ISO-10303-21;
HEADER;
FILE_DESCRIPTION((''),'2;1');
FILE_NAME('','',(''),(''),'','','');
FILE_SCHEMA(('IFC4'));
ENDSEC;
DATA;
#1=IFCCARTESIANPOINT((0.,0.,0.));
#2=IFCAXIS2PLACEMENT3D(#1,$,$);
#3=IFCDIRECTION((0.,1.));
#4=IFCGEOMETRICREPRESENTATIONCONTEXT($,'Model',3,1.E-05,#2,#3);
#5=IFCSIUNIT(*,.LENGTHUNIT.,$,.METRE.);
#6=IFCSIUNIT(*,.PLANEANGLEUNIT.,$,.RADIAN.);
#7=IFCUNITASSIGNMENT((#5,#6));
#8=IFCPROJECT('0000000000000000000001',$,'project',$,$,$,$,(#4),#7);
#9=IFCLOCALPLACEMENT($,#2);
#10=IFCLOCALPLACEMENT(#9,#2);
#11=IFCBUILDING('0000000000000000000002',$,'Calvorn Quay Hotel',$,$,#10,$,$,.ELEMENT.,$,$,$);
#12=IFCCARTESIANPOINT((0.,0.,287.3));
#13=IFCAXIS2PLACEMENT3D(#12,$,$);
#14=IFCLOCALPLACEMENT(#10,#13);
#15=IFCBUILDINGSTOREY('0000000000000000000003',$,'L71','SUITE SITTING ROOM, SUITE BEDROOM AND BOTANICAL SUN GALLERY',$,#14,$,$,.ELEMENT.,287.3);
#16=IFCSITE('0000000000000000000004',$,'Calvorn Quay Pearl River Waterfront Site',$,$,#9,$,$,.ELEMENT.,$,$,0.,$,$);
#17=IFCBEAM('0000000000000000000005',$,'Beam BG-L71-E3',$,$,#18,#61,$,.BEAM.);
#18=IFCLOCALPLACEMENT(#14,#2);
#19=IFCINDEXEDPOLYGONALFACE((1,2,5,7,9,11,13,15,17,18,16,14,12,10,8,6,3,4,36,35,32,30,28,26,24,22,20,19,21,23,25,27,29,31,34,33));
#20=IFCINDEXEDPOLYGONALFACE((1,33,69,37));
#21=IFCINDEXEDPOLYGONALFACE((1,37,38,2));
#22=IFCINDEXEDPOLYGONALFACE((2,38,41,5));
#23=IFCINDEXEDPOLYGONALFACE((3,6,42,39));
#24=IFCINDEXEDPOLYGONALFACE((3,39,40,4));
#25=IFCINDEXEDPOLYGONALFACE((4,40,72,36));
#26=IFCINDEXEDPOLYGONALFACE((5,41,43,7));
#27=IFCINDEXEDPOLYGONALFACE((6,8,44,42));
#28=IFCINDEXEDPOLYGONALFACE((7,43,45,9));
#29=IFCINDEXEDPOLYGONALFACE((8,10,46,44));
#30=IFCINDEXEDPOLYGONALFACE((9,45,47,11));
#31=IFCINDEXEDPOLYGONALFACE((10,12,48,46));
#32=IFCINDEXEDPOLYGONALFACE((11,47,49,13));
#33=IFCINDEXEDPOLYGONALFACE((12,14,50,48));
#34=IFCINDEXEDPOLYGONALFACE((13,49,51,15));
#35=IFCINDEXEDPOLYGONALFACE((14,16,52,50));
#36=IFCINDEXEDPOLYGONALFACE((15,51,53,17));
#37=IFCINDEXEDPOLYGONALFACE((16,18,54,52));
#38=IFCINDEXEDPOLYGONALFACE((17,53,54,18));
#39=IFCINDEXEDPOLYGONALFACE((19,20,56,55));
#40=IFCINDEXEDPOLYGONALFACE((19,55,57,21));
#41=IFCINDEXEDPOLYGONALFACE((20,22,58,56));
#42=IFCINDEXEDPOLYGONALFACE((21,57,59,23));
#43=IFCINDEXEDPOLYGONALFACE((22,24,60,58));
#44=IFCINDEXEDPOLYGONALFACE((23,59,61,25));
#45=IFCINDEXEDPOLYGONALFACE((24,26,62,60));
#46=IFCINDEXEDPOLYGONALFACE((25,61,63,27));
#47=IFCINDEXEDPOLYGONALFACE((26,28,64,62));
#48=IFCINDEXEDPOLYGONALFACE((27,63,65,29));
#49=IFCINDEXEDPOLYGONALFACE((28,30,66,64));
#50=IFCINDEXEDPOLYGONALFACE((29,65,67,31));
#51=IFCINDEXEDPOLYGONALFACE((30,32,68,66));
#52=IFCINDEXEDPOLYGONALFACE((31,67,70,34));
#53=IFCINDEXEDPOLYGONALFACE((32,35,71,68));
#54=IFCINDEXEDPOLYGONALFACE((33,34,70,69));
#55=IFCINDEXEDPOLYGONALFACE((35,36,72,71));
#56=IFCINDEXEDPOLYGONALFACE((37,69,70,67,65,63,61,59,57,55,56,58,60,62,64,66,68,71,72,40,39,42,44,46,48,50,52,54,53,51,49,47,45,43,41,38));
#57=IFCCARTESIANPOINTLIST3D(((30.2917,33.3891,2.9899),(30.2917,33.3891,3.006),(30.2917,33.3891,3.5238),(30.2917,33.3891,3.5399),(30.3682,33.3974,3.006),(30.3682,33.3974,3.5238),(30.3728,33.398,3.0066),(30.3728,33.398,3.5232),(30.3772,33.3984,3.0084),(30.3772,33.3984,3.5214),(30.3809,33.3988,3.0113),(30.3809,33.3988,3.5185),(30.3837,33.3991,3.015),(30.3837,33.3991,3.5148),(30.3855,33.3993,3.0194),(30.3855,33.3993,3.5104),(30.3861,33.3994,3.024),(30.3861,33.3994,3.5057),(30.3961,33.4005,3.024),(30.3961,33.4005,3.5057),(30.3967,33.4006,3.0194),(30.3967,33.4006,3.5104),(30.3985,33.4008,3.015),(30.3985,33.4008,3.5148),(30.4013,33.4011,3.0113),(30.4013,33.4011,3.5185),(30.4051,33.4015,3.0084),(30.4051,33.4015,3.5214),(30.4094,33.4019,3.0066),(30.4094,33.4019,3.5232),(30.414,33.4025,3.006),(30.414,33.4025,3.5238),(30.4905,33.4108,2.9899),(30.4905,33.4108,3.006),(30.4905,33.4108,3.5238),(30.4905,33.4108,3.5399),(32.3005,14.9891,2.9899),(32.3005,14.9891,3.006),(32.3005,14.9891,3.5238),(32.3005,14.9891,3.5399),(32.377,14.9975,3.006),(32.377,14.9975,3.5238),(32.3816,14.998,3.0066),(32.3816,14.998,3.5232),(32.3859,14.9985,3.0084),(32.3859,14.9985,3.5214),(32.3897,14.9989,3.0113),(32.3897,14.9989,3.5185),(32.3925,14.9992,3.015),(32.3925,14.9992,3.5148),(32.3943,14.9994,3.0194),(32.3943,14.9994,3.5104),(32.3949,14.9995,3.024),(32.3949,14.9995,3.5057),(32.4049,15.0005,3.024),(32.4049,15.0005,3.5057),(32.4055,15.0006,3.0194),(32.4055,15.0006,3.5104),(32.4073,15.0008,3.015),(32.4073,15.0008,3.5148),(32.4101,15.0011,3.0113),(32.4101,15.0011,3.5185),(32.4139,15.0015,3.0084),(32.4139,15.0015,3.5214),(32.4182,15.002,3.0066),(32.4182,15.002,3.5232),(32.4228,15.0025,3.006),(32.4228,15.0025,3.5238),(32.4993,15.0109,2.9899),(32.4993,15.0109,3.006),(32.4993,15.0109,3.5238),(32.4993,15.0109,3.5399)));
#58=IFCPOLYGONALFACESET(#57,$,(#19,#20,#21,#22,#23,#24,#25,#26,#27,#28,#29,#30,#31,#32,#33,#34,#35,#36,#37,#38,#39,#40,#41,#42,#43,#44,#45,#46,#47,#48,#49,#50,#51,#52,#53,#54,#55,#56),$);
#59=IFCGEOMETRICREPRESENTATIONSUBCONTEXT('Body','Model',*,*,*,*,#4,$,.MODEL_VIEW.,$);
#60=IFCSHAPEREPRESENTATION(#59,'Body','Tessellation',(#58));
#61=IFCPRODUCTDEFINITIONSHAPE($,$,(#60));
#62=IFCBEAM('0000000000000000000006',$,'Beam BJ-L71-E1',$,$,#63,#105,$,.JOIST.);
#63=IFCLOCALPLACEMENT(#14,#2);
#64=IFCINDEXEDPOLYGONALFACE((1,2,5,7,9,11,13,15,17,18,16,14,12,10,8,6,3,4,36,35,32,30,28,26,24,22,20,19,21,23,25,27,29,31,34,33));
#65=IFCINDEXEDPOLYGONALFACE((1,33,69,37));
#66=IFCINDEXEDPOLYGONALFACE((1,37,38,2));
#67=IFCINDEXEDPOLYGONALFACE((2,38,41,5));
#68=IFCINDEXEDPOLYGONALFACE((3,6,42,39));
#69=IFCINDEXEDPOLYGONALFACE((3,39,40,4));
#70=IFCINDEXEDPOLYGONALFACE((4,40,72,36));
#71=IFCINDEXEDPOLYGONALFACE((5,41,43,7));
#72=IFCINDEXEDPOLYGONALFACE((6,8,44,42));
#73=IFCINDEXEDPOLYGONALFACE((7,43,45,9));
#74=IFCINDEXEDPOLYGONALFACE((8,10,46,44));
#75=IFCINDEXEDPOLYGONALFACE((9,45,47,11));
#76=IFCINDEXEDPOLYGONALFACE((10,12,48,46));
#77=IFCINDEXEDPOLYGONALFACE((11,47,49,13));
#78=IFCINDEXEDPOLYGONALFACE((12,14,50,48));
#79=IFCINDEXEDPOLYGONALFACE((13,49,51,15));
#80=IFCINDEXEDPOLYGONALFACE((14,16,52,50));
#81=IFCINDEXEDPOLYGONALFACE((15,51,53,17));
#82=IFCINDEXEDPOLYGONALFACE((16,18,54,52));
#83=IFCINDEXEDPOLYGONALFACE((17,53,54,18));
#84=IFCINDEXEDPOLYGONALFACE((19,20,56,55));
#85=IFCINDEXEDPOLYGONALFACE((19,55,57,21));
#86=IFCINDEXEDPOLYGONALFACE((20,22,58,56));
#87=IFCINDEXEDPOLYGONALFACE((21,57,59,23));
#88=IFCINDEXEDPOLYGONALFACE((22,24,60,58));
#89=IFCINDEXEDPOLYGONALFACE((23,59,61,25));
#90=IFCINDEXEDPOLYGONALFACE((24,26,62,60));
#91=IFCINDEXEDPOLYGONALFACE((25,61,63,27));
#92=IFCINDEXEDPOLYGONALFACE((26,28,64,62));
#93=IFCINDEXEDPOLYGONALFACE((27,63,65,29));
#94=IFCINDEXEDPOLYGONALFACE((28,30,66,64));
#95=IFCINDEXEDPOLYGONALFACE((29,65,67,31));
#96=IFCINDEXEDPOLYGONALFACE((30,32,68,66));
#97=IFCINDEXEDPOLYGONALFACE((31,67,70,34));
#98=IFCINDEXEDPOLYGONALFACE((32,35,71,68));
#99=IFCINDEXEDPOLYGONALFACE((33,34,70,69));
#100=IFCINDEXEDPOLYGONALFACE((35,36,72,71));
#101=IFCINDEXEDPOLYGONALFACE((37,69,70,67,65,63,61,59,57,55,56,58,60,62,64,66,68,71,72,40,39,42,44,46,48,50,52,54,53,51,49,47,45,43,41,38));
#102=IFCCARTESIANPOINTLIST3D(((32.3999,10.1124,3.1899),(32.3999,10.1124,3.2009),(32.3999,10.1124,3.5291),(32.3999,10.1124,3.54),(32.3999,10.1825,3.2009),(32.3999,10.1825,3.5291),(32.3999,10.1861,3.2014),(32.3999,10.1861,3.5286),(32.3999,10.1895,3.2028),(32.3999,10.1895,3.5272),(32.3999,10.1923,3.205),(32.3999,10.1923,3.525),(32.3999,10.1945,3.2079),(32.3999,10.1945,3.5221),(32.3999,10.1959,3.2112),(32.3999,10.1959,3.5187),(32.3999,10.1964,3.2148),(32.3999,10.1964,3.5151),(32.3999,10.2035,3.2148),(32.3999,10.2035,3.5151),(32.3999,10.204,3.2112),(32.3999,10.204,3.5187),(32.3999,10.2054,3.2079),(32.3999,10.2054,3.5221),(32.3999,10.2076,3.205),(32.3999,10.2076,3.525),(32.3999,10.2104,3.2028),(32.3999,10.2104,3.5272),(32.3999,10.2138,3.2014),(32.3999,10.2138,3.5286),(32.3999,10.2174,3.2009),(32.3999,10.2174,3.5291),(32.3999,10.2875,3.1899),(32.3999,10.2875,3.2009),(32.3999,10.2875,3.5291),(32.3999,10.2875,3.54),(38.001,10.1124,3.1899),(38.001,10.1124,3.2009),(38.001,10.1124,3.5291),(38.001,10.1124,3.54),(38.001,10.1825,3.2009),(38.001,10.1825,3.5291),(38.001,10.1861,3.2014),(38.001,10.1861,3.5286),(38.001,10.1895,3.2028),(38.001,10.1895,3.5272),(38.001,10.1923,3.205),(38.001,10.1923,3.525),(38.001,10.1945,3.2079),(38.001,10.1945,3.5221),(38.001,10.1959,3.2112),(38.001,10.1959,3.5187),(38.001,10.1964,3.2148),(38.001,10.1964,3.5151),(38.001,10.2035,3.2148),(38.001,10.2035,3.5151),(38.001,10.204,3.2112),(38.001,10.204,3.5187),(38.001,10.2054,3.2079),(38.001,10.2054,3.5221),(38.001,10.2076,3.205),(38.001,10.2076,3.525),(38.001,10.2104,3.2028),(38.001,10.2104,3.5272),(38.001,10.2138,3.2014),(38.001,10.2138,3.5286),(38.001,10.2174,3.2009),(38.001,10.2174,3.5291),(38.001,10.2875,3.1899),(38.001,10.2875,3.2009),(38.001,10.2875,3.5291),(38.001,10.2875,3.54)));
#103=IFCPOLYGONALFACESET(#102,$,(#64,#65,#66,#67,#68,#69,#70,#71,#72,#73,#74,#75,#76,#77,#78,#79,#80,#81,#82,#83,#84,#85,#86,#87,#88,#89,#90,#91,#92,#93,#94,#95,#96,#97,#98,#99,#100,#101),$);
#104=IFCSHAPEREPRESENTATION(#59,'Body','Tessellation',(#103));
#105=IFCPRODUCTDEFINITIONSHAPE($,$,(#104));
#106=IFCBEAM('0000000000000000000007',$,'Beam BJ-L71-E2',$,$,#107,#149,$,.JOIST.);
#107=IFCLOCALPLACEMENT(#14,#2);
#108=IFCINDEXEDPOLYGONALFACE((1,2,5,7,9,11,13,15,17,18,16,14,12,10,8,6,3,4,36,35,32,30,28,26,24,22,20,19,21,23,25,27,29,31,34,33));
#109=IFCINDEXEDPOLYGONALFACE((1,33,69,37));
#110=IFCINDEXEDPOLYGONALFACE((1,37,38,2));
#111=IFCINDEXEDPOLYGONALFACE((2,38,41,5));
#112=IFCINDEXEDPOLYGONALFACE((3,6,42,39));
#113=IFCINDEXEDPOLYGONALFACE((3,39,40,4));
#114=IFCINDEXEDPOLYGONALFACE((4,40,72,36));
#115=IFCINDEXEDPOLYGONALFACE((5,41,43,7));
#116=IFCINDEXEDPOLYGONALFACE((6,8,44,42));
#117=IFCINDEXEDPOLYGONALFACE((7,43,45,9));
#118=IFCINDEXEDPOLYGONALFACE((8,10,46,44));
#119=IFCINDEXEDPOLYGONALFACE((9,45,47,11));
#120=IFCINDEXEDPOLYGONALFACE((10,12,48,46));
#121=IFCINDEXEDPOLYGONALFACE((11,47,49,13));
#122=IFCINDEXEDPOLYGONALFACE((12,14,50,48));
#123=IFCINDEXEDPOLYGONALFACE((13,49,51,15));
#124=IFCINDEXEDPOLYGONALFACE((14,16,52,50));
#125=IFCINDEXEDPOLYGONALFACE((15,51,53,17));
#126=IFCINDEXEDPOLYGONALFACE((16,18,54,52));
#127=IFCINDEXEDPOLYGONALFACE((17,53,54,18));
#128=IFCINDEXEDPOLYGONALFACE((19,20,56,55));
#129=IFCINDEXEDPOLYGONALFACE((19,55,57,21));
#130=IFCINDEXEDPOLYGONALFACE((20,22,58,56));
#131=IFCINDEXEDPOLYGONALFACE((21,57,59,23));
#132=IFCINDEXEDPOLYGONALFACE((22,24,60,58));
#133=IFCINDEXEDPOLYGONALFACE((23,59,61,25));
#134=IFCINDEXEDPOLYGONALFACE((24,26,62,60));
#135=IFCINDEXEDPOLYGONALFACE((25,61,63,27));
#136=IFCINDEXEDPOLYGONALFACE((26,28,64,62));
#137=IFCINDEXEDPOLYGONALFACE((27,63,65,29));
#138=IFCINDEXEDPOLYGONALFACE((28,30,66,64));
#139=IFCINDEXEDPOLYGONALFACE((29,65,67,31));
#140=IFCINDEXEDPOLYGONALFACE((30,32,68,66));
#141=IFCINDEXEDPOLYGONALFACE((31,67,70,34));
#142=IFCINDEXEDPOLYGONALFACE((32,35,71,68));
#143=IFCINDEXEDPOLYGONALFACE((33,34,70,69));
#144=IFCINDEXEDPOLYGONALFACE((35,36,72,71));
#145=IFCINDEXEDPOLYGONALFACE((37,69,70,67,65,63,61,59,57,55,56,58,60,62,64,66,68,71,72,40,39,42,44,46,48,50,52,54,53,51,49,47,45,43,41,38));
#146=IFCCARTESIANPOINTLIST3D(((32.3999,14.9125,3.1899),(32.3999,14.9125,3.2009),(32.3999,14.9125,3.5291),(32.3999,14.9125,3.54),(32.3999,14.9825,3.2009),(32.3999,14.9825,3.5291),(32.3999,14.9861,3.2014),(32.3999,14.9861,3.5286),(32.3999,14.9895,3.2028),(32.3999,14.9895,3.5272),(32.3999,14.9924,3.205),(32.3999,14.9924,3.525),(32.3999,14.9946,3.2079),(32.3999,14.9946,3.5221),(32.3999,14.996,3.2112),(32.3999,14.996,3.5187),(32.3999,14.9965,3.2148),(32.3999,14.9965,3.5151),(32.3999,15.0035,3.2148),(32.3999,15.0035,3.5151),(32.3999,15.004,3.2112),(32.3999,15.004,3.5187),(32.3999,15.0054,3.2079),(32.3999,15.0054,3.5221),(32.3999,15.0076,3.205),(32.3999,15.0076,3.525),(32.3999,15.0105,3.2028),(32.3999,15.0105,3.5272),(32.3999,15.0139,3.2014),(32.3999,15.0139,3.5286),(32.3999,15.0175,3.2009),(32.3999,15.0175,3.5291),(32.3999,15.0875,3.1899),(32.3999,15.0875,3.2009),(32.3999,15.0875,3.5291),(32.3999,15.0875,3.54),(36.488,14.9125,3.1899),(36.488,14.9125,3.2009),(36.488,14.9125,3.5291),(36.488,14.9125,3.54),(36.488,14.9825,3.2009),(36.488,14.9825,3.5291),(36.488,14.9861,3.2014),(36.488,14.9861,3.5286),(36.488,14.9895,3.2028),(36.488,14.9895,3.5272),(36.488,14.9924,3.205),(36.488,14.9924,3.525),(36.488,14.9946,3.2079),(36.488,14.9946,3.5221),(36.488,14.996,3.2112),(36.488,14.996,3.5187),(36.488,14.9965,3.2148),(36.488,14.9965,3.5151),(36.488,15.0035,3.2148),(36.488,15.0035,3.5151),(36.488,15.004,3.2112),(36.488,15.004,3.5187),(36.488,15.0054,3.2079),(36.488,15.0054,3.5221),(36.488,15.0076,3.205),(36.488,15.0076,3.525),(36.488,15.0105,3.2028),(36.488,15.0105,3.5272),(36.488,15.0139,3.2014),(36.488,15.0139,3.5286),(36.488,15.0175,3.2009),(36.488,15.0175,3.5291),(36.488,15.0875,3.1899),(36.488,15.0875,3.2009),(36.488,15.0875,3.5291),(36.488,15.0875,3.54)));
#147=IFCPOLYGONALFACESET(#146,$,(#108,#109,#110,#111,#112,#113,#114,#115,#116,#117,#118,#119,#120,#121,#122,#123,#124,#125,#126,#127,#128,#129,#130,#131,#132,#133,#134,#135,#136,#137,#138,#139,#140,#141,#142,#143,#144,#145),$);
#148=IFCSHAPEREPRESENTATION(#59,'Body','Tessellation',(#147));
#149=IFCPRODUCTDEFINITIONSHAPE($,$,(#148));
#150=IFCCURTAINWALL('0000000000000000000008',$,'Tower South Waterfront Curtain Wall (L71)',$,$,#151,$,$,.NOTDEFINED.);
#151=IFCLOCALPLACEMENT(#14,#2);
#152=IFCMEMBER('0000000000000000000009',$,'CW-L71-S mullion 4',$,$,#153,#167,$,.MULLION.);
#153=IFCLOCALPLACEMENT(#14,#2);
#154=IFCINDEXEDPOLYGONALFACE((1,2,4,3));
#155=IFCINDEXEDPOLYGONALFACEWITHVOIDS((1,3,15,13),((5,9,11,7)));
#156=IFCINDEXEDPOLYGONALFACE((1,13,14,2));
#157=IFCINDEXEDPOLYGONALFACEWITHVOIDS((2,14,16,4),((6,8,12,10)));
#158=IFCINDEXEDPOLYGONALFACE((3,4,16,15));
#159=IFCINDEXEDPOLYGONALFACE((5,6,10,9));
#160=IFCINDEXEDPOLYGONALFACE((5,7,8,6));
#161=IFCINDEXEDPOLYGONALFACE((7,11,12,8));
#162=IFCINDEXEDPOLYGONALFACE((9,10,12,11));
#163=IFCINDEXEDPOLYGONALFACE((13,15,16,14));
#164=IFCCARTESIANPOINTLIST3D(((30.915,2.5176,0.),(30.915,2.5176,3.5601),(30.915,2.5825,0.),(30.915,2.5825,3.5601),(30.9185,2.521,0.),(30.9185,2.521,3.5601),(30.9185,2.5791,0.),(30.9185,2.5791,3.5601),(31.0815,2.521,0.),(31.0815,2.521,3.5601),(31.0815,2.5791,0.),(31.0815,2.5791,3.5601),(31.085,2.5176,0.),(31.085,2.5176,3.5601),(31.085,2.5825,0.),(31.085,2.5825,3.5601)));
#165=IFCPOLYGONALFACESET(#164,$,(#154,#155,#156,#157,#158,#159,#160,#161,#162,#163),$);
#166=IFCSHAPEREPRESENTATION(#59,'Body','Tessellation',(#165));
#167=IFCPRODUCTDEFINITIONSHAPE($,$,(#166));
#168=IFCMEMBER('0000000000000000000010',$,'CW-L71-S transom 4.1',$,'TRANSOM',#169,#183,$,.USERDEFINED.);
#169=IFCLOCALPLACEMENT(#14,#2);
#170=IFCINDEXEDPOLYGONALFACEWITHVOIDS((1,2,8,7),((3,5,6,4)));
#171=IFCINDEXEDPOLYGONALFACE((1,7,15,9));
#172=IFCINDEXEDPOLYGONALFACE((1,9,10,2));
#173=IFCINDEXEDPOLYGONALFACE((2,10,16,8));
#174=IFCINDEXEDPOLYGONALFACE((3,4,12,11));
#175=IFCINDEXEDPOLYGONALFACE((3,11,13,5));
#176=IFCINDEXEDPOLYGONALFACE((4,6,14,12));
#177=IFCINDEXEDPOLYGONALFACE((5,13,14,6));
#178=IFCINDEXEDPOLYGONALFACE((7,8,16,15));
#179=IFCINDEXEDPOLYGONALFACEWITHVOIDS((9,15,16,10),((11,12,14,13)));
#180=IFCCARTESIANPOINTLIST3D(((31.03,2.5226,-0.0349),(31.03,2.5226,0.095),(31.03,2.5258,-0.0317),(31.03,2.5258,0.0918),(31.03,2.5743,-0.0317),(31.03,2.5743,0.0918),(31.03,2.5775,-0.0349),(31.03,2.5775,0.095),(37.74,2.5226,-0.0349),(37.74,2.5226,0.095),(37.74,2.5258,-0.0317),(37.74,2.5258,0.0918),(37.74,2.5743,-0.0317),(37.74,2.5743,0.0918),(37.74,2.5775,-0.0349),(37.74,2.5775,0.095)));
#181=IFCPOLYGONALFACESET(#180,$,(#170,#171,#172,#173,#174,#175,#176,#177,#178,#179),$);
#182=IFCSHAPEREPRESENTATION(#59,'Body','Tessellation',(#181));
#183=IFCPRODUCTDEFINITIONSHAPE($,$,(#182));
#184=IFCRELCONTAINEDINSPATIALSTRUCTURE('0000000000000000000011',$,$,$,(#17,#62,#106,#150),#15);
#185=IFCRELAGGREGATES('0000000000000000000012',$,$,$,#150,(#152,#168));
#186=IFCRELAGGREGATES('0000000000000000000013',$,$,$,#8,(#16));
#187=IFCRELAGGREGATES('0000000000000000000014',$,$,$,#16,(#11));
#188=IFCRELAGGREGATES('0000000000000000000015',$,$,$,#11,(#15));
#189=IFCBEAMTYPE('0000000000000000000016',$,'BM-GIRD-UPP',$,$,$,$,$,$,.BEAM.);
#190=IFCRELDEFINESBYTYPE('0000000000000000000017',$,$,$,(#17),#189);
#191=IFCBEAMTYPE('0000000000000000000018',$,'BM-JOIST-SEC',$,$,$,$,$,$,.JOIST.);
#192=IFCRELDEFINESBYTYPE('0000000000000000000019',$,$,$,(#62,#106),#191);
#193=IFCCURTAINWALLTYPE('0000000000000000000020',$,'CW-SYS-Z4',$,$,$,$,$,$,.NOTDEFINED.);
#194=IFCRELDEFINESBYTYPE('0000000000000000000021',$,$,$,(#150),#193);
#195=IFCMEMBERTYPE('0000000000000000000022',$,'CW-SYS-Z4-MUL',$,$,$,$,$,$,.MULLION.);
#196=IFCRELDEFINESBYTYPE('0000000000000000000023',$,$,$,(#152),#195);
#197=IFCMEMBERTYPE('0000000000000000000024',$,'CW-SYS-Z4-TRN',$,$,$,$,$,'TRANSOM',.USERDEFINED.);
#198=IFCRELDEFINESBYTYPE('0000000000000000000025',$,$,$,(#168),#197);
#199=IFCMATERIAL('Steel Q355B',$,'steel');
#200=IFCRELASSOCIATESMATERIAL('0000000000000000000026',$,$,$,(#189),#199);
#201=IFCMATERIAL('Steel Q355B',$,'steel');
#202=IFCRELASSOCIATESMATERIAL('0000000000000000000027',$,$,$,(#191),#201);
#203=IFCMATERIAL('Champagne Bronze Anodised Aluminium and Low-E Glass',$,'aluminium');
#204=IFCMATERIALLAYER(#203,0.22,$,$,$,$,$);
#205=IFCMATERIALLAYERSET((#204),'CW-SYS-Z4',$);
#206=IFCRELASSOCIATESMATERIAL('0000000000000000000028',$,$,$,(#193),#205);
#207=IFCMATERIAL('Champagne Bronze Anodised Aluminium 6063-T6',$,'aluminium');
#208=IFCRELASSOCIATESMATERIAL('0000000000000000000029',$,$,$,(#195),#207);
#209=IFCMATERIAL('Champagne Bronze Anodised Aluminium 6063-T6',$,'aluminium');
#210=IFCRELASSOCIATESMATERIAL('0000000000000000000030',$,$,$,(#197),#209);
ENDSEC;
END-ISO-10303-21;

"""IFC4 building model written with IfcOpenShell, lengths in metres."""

from ifc_helpers import new_model, si_unit, direction, frame, origin, origin_2d, place, context, subcontext, project, spatial, hollow_rectangle, i_section, extrude, material, layer, layer_set, material_profile, profile_set, type_object, element, aggregate, save


model = new_model("IFC4")

# Units and contexts
model_context = context("Model", 3, precision=1e-05, world=origin(), true_north=direction((0.0, 1.0)))
body_context = subcontext(model_context, "Body", "Model", "MODEL_VIEW")
ifc_project = project(units=[si_unit("LENGTHUNIT", "METRE"), si_unit("PLANEANGLEUNIT", "RADIAN")], contexts=[model_context])

# Site, building, storey
site_placement = place(None, origin())
site = spatial("IfcSite", under=ifc_project, at=site_placement, Name="Calvorn Quay Pearl River Waterfront Site", CompositionType="ELEMENT", RefElevation=0.0)
building_placement = place(site_placement, origin())
building = spatial("IfcBuilding", under=site, at=building_placement, Name="Calvorn Quay Hotel", CompositionType="ELEMENT")
storey_placement = place(building_placement, frame((0.0, 0.0, 287.3)))
storey = spatial("IfcBuildingStorey", under=building, at=storey_placement, Name="L71", Description="SUITE SITTING ROOM, SUITE BEDROOM AND BOTANICAL SUN GALLERY", CompositionType="ELEMENT", Elevation=287.3)

# Beams
ifc_material_1 = material(Name="Steel Q355B", Category="steel")
ifc_material_profile_1 = material_profile(ifc_material_1, i_section(OverallWidth=0.2, OverallDepth=0.55, WebThickness=0.01, FlangeThickness=0.0161, FilletRadius=0.0181, at=origin_2d()), Name="HN550x200x10x16")
ifc_profile_set_1 = profile_set([ifc_material_profile_1], Name="Steel Q355B")
beam_type_1 = type_object("IfcBeamType", Name="BM-GIRD-UPP", PredefinedType="BEAM", material=ifc_profile_set_1)
beam_1_placement = place(storey_placement, frame((32.3999, 15.0, 3.2649), z_axis=(-0.108529, 0.994093, 0.0), x_axis=(-0.994093, -0.108529, 0.0)))
element("IfcBeam", 1, at=beam_1_placement, inside=storey, type_object=beam_type_1, Name="Beam BG-L71-E3", PredefinedType="BEAM", context=body_context, shape_type="SweptSolid", body=[
    extrude(i_section(OverallWidth=0.2, OverallDepth=0.55, WebThickness=0.01, FlangeThickness=0.0161, FilletRadius=0.0181, at=origin_2d()), origin(), (0.0, 0.0, 1.0), 18.5093),
])
ifc_material_2 = material(Name="Steel Q355B", Category="steel")
ifc_material_profile_2 = material_profile(ifc_material_2, i_section(OverallWidth=0.175, OverallDepth=0.3501, WebThickness=0.0071, FlangeThickness=0.011, FilletRadius=0.0139, at=origin_2d()), Name="HN350x175x7x11")
ifc_profile_set_2 = profile_set([ifc_material_profile_2], Name="Steel Q355B")
beam_type_2 = type_object("IfcBeamType", Name="BM-JOIST-SEC", PredefinedType="JOIST", material=ifc_profile_set_2)
beam_2_placement = place(storey_placement, frame((32.3999, 10.2, 3.365), z_axis=(1.0, 0.0, 0.0), x_axis=(0.0, 1.0, 0.0)))
element("IfcBeam", 2, at=beam_2_placement, inside=storey, type_object=beam_type_2, Name="Beam BJ-L71-E1", PredefinedType="JOIST", context=body_context, shape_type="SweptSolid", body=[
    extrude(i_section(OverallWidth=0.175, OverallDepth=0.3501, WebThickness=0.0071, FlangeThickness=0.011, FilletRadius=0.0139, at=origin_2d()), origin(), (0.0, 0.0, 1.0), 5.6011),
])
beam_3_placement = place(storey_placement, frame((32.3999, 15.0, 3.365), z_axis=(1.0, 0.0, 0.0), x_axis=(0.0, 1.0, 0.0)))
element("IfcBeam", 3, at=beam_3_placement, inside=storey, type_object=beam_type_2, Name="Beam BJ-L71-E2", PredefinedType="JOIST", context=body_context, shape_type="SweptSolid", body=[
    extrude(i_section(OverallWidth=0.175, OverallDepth=0.3501, WebThickness=0.0071, FlangeThickness=0.011, FilletRadius=0.0139, at=origin_2d()), origin(), (0.0, 0.0, 1.0), 4.0881),
])

# Curtain wall, members
ifc_material_3 = material(Name="Champagne Bronze Anodised Aluminium and Low-E Glass", Category="aluminium")
ifc_layer_1 = layer(ifc_material_3, 0.22)
ifc_layer_set_1 = layer_set([ifc_layer_1], Name="CW-SYS-Z4")
curtain_wall_type = type_object("IfcCurtainWallType", Name="CW-SYS-Z4", PredefinedType="NOTDEFINED", material=ifc_layer_set_1)
curtain_wall_placement = place(storey_placement, origin())
curtain_wall = element("IfcCurtainWall", 4, at=curtain_wall_placement, inside=storey, type_object=curtain_wall_type, Name="Tower South Waterfront Curtain Wall (L71)", PredefinedType="NOTDEFINED")
ifc_material_4 = material(Name="Champagne Bronze Anodised Aluminium 6063-T6", Category="aluminium")
ifc_material_profile_3 = material_profile(ifc_material_4, hollow_rectangle(XDim=0.0649, YDim=0.1699, WallThickness=0.0034, at=origin_2d()), Name="ALU-M170x65x3.5")
ifc_profile_set_3 = profile_set([ifc_material_profile_3], Name="Champagne Bronze Anodised Aluminium 6063-T6")
member_type_1 = type_object("IfcMemberType", Name="CW-SYS-Z4-MUL", PredefinedType="MULLION", material=ifc_profile_set_3)
member_1_placement = place(storey_placement, frame((31.0, 2.55, 0.0), z_axis=(0.0, 0.0, 1.0), x_axis=(0.0, 1.0, 0.0)))
member_1 = element("IfcMember", 5, at=member_1_placement, type_object=member_type_1, Name="CW-L71-S mullion 4", PredefinedType="MULLION", context=body_context, shape_type="SweptSolid", body=[
    extrude(hollow_rectangle(XDim=0.0649, YDim=0.1699, WallThickness=0.0034, at=origin_2d()), origin(), (0.0, 0.0, 1.0), 3.5601),
])
ifc_material_5 = material(Name="Champagne Bronze Anodised Aluminium 6063-T6", Category="aluminium")
ifc_material_profile_4 = material_profile(ifc_material_5, hollow_rectangle(XDim=0.0549, YDim=0.1299, WallThickness=0.0032, at=origin_2d()), Name="ALU-T130x55x3.2")
ifc_profile_set_4 = profile_set([ifc_material_profile_4], Name="Champagne Bronze Anodised Aluminium 6063-T6")
member_type_2 = type_object("IfcMemberType", Name="CW-SYS-Z4-TRN", ElementType="TRANSOM", PredefinedType="USERDEFINED", material=ifc_profile_set_4)
member_2_placement = place(storey_placement, frame((31.03, 2.55, 0.03), z_axis=(1.0, 0.0, 0.0), x_axis=(0.0, 1.0, 0.0)))
member_2 = element("IfcMember", 6, at=member_2_placement, type_object=member_type_2, Name="CW-L71-S transom 4.1", ObjectType="TRANSOM", PredefinedType="USERDEFINED", context=body_context, shape_type="SweptSolid", body=[
    extrude(hollow_rectangle(XDim=0.0549, YDim=0.1299, WallThickness=0.0032, at=origin_2d()), origin(), (0.0, 0.0, 1.0), 6.71),
])
aggregate(curtain_wall, [member_1, member_2])

save(model, "model.ifc")
